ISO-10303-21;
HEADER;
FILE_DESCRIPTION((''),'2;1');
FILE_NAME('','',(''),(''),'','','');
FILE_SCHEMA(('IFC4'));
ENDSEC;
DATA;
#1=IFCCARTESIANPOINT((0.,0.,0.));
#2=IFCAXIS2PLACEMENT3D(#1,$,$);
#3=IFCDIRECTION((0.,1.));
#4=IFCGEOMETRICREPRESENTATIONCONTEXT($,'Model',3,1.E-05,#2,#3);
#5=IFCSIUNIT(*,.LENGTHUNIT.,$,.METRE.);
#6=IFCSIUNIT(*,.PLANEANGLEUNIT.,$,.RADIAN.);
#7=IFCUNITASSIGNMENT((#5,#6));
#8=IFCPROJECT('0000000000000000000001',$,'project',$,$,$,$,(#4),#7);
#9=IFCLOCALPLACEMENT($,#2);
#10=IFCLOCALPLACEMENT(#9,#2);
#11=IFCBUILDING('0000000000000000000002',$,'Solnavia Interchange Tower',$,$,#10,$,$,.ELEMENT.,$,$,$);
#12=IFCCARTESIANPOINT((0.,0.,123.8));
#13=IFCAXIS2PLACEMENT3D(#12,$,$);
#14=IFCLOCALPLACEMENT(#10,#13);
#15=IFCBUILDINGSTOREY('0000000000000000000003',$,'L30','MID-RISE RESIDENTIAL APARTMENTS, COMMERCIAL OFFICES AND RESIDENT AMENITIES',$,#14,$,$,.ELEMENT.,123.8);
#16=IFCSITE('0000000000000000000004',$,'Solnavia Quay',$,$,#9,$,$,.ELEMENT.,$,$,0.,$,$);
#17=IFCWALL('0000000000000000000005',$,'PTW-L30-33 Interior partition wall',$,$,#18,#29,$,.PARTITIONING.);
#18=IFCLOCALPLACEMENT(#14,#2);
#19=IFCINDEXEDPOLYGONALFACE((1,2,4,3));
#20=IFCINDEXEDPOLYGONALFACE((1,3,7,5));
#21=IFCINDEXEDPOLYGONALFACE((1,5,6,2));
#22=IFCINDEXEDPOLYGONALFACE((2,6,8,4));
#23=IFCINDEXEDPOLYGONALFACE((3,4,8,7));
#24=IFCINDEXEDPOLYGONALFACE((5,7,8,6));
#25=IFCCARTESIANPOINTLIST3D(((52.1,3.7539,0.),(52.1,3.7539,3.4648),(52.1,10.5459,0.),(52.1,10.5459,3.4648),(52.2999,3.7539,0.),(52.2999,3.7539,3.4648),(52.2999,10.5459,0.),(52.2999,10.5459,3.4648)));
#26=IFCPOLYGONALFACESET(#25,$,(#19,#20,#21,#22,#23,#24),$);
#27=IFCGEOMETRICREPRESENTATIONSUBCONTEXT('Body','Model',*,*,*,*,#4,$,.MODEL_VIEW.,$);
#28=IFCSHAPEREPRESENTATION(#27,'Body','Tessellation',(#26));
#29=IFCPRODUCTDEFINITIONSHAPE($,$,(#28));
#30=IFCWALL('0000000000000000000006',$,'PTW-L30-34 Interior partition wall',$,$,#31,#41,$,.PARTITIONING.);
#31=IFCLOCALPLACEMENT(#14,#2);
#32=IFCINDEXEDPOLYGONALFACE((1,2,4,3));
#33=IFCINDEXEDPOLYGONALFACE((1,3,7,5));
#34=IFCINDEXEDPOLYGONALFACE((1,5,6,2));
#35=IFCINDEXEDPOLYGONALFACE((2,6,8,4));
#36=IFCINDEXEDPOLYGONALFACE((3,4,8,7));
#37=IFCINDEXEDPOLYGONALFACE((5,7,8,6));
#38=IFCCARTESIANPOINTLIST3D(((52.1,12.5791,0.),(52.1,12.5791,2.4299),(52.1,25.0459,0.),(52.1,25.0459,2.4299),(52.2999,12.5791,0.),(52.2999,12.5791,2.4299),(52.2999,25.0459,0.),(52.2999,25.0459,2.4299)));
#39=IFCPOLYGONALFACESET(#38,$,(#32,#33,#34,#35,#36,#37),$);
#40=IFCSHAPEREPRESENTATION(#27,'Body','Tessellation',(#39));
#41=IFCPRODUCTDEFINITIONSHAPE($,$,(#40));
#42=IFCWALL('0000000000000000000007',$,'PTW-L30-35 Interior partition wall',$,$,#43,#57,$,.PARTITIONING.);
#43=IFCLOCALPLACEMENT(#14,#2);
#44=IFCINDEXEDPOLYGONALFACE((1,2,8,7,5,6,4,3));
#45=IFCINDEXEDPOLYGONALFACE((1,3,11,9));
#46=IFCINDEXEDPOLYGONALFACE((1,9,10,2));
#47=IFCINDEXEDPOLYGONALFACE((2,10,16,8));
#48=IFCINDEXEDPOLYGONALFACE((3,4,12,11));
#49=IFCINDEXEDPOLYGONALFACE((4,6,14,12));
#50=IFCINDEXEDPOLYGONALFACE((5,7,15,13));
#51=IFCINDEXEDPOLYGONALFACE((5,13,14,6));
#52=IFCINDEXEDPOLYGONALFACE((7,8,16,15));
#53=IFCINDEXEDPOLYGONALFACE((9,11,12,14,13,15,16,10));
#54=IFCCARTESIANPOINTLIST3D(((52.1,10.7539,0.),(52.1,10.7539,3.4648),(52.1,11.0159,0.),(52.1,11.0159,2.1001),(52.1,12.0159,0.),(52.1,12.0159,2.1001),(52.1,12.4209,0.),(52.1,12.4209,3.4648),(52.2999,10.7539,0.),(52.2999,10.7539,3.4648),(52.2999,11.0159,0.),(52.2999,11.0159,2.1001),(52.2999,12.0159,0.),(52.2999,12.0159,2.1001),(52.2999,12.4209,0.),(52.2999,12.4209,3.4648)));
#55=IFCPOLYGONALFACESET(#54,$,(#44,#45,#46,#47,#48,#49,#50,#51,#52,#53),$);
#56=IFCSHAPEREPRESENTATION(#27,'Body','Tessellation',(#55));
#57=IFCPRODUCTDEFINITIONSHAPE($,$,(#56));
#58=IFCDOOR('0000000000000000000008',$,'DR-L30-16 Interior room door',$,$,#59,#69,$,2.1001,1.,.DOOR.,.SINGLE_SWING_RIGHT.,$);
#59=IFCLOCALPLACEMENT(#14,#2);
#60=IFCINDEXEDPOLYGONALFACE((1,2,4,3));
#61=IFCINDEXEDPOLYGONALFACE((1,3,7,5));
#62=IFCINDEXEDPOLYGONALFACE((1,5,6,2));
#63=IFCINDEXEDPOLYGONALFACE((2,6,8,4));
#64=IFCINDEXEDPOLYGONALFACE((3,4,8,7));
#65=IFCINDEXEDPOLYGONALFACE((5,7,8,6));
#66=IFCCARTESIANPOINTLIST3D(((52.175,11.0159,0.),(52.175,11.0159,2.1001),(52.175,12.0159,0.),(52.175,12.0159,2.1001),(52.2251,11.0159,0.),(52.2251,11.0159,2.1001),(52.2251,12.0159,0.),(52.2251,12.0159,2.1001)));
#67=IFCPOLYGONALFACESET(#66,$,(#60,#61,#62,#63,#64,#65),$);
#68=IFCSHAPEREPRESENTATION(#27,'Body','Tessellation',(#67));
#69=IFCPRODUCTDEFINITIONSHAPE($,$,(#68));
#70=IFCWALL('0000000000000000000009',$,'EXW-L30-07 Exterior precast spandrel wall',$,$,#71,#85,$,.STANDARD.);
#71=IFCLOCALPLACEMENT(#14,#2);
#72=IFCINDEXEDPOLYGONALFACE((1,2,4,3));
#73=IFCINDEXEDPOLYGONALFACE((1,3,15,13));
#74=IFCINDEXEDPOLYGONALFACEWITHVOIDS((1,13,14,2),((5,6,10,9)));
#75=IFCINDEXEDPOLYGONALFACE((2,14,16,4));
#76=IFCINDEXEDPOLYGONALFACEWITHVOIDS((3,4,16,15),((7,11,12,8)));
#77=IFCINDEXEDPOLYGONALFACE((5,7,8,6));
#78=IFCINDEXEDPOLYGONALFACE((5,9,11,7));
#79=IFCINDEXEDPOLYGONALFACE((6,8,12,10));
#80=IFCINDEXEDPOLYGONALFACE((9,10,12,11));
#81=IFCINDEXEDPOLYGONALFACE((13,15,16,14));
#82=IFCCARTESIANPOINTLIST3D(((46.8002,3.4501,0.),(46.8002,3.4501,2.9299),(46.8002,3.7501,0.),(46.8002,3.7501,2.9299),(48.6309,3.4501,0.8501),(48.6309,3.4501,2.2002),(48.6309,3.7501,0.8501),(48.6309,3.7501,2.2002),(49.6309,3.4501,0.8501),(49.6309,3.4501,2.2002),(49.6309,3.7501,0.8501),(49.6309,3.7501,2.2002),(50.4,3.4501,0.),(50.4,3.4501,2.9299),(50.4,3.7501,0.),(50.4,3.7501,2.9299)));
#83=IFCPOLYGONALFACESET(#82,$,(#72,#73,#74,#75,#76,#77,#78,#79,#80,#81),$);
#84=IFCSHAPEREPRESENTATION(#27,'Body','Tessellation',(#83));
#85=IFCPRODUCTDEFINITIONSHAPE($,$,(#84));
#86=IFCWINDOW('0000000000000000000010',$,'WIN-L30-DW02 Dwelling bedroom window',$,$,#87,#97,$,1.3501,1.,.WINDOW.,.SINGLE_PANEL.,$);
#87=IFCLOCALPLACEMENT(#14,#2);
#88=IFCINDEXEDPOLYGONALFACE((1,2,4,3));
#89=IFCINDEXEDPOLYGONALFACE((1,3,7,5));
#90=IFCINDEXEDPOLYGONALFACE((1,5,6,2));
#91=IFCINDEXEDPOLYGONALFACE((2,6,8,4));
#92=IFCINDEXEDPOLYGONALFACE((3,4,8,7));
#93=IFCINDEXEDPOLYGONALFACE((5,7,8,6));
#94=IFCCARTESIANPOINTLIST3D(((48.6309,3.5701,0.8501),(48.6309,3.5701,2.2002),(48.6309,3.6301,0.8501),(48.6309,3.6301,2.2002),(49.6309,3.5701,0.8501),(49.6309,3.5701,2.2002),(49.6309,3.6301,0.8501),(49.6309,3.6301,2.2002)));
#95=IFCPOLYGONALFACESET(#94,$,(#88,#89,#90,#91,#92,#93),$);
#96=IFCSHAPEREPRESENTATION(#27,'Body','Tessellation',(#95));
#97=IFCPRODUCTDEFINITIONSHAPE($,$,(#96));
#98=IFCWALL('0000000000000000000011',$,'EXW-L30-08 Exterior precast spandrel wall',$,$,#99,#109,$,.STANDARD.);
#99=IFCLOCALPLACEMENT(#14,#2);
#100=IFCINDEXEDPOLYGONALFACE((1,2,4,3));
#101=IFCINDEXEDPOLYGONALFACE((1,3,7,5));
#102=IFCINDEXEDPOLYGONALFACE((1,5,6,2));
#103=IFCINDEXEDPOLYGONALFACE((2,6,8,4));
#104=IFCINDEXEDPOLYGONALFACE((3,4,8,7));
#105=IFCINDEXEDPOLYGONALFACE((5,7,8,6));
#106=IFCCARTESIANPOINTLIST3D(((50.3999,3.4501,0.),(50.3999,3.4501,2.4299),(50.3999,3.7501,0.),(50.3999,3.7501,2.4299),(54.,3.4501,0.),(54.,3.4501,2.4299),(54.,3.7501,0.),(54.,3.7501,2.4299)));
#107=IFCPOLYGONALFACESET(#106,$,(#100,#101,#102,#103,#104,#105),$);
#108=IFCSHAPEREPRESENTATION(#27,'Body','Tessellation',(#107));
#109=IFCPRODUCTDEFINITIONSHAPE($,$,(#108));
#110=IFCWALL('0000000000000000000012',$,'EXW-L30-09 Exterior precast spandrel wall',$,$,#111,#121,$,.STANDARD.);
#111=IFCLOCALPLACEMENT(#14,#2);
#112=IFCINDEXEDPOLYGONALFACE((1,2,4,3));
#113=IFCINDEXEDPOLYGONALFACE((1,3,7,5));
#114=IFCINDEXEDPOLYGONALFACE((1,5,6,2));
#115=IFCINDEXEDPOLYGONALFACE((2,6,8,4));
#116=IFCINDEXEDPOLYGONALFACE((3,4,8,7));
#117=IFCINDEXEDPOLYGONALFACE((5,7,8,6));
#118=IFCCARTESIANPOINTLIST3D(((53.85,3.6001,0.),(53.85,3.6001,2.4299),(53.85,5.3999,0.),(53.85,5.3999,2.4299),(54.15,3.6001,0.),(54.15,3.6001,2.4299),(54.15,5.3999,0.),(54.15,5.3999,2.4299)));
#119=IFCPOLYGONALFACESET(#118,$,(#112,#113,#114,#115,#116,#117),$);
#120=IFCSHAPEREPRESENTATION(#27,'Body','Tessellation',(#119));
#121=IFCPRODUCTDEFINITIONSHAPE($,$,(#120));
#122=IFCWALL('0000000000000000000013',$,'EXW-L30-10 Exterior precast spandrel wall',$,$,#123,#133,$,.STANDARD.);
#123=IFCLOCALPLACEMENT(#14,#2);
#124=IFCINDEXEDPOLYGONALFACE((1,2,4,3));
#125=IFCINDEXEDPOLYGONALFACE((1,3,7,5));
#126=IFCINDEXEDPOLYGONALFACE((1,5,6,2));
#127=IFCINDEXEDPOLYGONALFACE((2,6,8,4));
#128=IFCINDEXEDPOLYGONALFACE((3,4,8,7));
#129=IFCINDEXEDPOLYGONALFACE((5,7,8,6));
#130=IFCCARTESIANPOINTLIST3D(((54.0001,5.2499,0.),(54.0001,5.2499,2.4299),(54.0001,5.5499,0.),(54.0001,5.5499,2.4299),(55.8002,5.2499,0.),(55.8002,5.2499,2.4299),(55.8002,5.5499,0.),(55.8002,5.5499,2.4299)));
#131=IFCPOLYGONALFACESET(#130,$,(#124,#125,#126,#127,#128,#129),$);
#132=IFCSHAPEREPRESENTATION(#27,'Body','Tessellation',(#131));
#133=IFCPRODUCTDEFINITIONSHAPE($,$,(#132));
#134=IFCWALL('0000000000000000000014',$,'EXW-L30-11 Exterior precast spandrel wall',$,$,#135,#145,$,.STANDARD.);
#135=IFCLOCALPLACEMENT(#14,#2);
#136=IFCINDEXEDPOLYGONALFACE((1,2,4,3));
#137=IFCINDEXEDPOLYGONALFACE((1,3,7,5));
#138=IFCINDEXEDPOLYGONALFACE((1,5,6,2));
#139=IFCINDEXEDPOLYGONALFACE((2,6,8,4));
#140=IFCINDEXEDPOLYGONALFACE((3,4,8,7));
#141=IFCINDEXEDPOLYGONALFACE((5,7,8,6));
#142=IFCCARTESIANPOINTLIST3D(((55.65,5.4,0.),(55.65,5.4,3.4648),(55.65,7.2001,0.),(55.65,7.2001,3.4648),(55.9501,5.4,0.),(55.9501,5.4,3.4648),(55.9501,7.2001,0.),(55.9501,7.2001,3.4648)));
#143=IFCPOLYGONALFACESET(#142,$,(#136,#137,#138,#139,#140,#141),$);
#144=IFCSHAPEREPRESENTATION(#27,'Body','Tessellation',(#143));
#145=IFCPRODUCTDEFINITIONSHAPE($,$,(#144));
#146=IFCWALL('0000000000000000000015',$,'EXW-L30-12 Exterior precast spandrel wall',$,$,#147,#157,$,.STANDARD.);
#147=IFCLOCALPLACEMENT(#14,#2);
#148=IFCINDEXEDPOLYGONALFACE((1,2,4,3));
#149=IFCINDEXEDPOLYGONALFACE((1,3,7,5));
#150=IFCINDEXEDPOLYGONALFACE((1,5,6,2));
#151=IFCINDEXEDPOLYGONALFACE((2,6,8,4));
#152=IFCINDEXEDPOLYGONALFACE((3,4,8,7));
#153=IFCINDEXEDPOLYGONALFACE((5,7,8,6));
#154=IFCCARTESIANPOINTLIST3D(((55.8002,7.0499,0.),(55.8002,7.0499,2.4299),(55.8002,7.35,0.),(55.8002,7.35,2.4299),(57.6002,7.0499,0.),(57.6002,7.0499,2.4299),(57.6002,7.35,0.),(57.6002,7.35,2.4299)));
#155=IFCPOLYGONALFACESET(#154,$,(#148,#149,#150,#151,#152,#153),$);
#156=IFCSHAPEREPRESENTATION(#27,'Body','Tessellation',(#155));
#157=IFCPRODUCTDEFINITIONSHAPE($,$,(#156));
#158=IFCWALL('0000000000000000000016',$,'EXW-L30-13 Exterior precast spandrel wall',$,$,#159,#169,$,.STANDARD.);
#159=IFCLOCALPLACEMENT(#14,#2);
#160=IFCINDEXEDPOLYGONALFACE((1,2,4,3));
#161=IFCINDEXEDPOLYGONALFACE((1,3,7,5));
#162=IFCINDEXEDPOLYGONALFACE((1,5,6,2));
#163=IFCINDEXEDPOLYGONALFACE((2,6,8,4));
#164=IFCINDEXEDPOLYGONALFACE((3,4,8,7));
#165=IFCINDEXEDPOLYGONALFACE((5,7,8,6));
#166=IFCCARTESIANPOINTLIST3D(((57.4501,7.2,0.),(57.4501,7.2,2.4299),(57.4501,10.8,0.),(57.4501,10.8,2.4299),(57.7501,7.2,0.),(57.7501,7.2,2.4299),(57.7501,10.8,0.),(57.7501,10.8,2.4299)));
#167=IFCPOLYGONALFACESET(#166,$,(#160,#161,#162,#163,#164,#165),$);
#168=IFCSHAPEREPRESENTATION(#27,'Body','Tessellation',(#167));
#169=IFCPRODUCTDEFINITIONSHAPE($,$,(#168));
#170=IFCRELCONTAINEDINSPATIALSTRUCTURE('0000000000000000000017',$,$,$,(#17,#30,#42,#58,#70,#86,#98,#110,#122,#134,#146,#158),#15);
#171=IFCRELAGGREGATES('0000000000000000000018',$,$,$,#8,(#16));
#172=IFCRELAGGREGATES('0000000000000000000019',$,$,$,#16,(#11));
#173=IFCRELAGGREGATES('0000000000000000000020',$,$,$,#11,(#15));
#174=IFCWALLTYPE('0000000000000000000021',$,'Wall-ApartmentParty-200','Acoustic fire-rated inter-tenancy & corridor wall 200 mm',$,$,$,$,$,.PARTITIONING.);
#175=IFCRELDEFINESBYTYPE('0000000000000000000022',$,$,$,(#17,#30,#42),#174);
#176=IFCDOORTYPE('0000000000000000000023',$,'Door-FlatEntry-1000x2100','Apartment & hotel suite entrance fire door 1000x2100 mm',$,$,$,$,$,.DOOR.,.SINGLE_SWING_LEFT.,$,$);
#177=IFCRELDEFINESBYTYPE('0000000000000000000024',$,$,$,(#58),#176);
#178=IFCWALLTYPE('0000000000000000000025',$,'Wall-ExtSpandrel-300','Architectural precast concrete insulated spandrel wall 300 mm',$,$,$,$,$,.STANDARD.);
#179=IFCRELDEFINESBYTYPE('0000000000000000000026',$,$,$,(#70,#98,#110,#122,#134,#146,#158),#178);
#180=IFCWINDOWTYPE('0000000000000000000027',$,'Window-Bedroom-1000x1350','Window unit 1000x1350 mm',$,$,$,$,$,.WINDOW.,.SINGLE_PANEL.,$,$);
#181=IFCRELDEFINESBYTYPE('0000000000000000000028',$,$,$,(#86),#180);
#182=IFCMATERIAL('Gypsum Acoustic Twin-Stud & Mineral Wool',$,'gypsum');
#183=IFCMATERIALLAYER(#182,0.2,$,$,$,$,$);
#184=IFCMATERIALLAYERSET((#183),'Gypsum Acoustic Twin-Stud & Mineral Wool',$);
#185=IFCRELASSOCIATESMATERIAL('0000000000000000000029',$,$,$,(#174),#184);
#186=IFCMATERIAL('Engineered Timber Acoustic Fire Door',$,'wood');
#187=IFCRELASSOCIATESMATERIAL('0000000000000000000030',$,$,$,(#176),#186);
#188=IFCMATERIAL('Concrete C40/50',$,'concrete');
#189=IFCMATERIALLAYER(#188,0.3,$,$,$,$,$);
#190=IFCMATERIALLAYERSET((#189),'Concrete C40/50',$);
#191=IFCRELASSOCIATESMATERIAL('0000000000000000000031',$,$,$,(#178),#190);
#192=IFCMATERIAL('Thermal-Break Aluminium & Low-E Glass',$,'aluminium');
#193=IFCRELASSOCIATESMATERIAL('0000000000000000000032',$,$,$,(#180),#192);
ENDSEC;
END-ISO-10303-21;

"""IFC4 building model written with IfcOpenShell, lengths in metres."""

from ifc_helpers import new_model, si_unit, direction, frame, frame_2d, origin, place, context, subcontext, project, spatial, rectangle, extrude, material, layer, layer_set, type_object, element, fill, save


model = new_model("IFC4")

# Units and contexts
model_context = context("Model", 3, precision=1e-05, world=origin(), true_north=direction((0.0, 1.0)))
body_context = subcontext(model_context, "Body", "Model", "MODEL_VIEW")
ifc_project = project(units=[si_unit("LENGTHUNIT", "METRE"), si_unit("PLANEANGLEUNIT", "RADIAN")], contexts=[model_context])

# Site, building, storey
site_placement = place(None, origin())
site = spatial("IfcSite", under=ifc_project, at=site_placement, Name="Solnavia Quay", CompositionType="ELEMENT", RefElevation=0.0)
building_placement = place(site_placement, origin())
building = spatial("IfcBuilding", under=site, at=building_placement, Name="Solnavia Interchange Tower", CompositionType="ELEMENT")
storey_placement = place(building_placement, frame((0.0, 0.0, 123.8)))
storey = spatial("IfcBuildingStorey", under=building, at=storey_placement, Name="L30", Description="MID-RISE RESIDENTIAL APARTMENTS, COMMERCIAL OFFICES AND RESIDENT AMENITIES", CompositionType="ELEMENT", Elevation=123.8)

# Walls
ifc_material_1 = material(Name="Gypsum Acoustic Twin-Stud & Mineral Wool", Category="gypsum")
ifc_layer_1 = layer(ifc_material_1, 0.2)
ifc_layer_set_1 = layer_set([ifc_layer_1], Name="Gypsum Acoustic Twin-Stud & Mineral Wool")
wall_type_1 = type_object("IfcWallType", Name="Wall-ApartmentParty-200", Description="Acoustic fire-rated inter-tenancy & corridor wall 200 mm", PredefinedType="PARTITIONING", material=ifc_layer_set_1)
wall_1_placement = place(storey_placement, frame((52.2, 3.7539, 0.0), z_axis=(0.0, 0.0, 1.0), x_axis=(0.0, 1.0, 0.0)))
element("IfcWall", 1, at=wall_1_placement, inside=storey, type_object=wall_type_1, Name="PTW-L30-33 Interior partition wall", PredefinedType="PARTITIONING", context=body_context, shape_type="SweptSolid", body=[
    extrude(rectangle(XDim=6.792, YDim=0.2, at=frame_2d((3.396, 0.0))), origin(), (0.0, 0.0, 1.0), 3.4648),
])
wall_2_placement = place(storey_placement, frame((52.2, 12.5791, 0.0), z_axis=(0.0, 0.0, 1.0), x_axis=(0.0, 1.0, 0.0)))
element("IfcWall", 2, at=wall_2_placement, inside=storey, type_object=wall_type_1, Name="PTW-L30-34 Interior partition wall", PredefinedType="PARTITIONING", context=body_context, shape_type="SweptSolid", body=[
    extrude(rectangle(XDim=12.4668, YDim=0.2, at=frame_2d((6.2334, 0.0))), origin(), (0.0, 0.0, 1.0), 2.4299),
])

# Wall, opening, door
wall_3_placement = place(storey_placement, frame((52.2, 10.7539, 0.0), z_axis=(0.0, 0.0, 1.0), x_axis=(0.0, 1.0, 0.0)))
wall_3 = element("IfcWall", 3, at=wall_3_placement, inside=storey, type_object=wall_type_1, Name="PTW-L30-35 Interior partition wall", PredefinedType="PARTITIONING", context=body_context, shape_type="SweptSolid", body=[
    extrude(rectangle(XDim=1.667, YDim=0.2, at=frame_2d((0.8335, 0.0))), origin(), (0.0, 0.0, 1.0), 3.4648),
])
opening_1_placement = place(wall_3_placement, frame((0.262, 0.0, 0.0)))
opening_1 = element("IfcOpeningElement", 4, at=opening_1_placement, cuts=wall_3, PredefinedType="OPENING", context=body_context, shape_type="SweptSolid", body=[
    extrude(rectangle(XDim=1.0, YDim=2.1001, at=frame_2d((0.5, 1.05))), frame((0.0, 0.1099, 0.0), z_axis=(0.0, -1.0, 0.0), x_axis=(1.0, 0.0, 0.0)), (0.0, 0.0, 1.0), 0.22),
])
ifc_material_2 = material(Name="Engineered Timber Acoustic Fire Door", Category="wood")
door_type_1 = type_object("IfcDoorType", Name="Door-FlatEntry-1000x2100", Description="Apartment & hotel suite entrance fire door 1000x2100 mm", OperationType="SINGLE_SWING_LEFT", PredefinedType="DOOR", material=ifc_material_2)
door_1_placement = place(opening_1_placement, origin())
door_1 = element("IfcDoor", 5, at=door_1_placement, inside=storey, type_object=door_type_1, Name="DR-L30-16 Interior room door", OperationType="SINGLE_SWING_RIGHT", OverallHeight=2.1001, OverallWidth=1.0, PredefinedType="DOOR", context=body_context, shape_type="SweptSolid", body=[
    extrude(rectangle(XDim=1.0, YDim=2.1001, at=frame_2d((0.5, 1.05))), frame((0.0, 0.0249, 0.0), z_axis=(0.0, -1.0, 0.0), x_axis=(1.0, 0.0, 0.0)), (0.0, 0.0, 1.0), 0.05),
])
fill(opening_1, door_1)

# Wall, opening, window
ifc_material_3 = material(Name="Concrete C40/50", Category="concrete")
ifc_layer_2 = layer(ifc_material_3, 0.3)
ifc_layer_set_2 = layer_set([ifc_layer_2], Name="Concrete C40/50")
wall_type_2 = type_object("IfcWallType", Name="Wall-ExtSpandrel-300", Description="Architectural precast concrete insulated spandrel wall 300 mm", PredefinedType="STANDARD", material=ifc_layer_set_2)
wall_4_placement = place(storey_placement, frame((50.3999, 3.6001, 0.0), z_axis=(0.0, 0.0, 1.0), x_axis=(-1.0, 0.0, 0.0)))
wall_4 = element("IfcWall", 6, at=wall_4_placement, inside=storey, type_object=wall_type_2, Name="EXW-L30-07 Exterior precast spandrel wall", PredefinedType="STANDARD", context=body_context, shape_type="SweptSolid", body=[
    extrude(rectangle(XDim=3.5999, YDim=0.3, at=frame_2d((1.7998, 0.0))), origin(), (0.0, 0.0, 1.0), 2.9299),
])
opening_2_placement = place(wall_4_placement, frame((0.769, 0.0, 0.8501)))
opening_2 = element("IfcOpeningElement", 7, at=opening_2_placement, cuts=wall_4, PredefinedType="OPENING", context=body_context, shape_type="SweptSolid", body=[
    extrude(rectangle(XDim=1.0, YDim=1.3501, at=frame_2d((0.5, 0.675))), frame((0.0, 0.1602, 0.0), z_axis=(0.0, -1.0, 0.0), x_axis=(1.0, 0.0, 0.0)), (0.0, 0.0, 1.0), 0.3201),
])
ifc_material_4 = material(Name="Thermal-Break Aluminium & Low-E Glass", Category="aluminium")
window_type = type_object("IfcWindowType", Name="Window-Bedroom-1000x1350", Description="Window unit 1000x1350 mm", PartitioningType="SINGLE_PANEL", PredefinedType="WINDOW", material=ifc_material_4)
window_placement = place(opening_2_placement, origin())
window = element("IfcWindow", 8, at=window_placement, inside=storey, type_object=window_type, Name="WIN-L30-DW02 Dwelling bedroom window", OverallHeight=1.3501, OverallWidth=1.0, PartitioningType="SINGLE_PANEL", PredefinedType="WINDOW", context=body_context, shape_type="SweptSolid", body=[
    extrude(rectangle(XDim=1.0, YDim=1.3501, at=frame_2d((0.5, 0.675))), frame((0.0, 0.03, 0.0), z_axis=(0.0, -1.0, 0.0), x_axis=(1.0, 0.0, 0.0)), (0.0, 0.0, 1.0), 0.0601),
])
fill(opening_2, window)

# Walls
wall_5_placement = place(storey_placement, frame((54.0, 3.6001, 0.0), z_axis=(0.0, 0.0, 1.0), x_axis=(-1.0, 0.0, 0.0)))
element("IfcWall", 9, at=wall_5_placement, inside=storey, type_object=wall_type_2, Name="EXW-L30-08 Exterior precast spandrel wall", PredefinedType="STANDARD", context=body_context, shape_type="SweptSolid", body=[
    extrude(rectangle(XDim=3.6001, YDim=0.3, at=frame_2d((1.8, 0.0))), origin(), (0.0, 0.0, 1.0), 2.4299),
])
wall_6_placement = place(storey_placement, frame((54.0, 5.3999, 0.0), z_axis=(0.0, 0.0, 1.0), x_axis=(0.0, -1.0, 0.0)))
element("IfcWall", 10, at=wall_6_placement, inside=storey, type_object=wall_type_2, Name="EXW-L30-09 Exterior precast spandrel wall", PredefinedType="STANDARD", context=body_context, shape_type="SweptSolid", body=[
    extrude(rectangle(XDim=1.7998, YDim=0.3, at=frame_2d((0.8999, 0.0))), origin(), (0.0, 0.0, 1.0), 2.4299),
])
wall_7_placement = place(storey_placement, frame((55.8, 5.3999, 0.0), z_axis=(0.0, 0.0, 1.0), x_axis=(-1.0, 0.0, 0.0)))
element("IfcWall", 11, at=wall_7_placement, inside=storey, type_object=wall_type_2, Name="EXW-L30-10 Exterior precast spandrel wall", PredefinedType="STANDARD", context=body_context, shape_type="SweptSolid", body=[
    extrude(rectangle(XDim=1.8, YDim=0.3, at=frame_2d((0.8999, 0.0))), origin(), (0.0, 0.0, 1.0), 2.4299),
])
wall_8_placement = place(storey_placement, frame((55.8, 7.2, 0.0), z_axis=(0.0, 0.0, 1.0), x_axis=(0.0, -1.0, 0.0)))
element("IfcWall", 12, at=wall_8_placement, inside=storey, type_object=wall_type_2, Name="EXW-L30-11 Exterior precast spandrel wall", PredefinedType="STANDARD", context=body_context, shape_type="SweptSolid", body=[
    extrude(rectangle(XDim=1.8, YDim=0.3, at=frame_2d((0.8999, 0.0))), origin(), (0.0, 0.0, 1.0), 3.4648),
])
wall_9_placement = place(storey_placement, frame((57.6001, 7.2, 0.0), z_axis=(0.0, 0.0, 1.0), x_axis=(-1.0, 0.0, 0.0)))
element("IfcWall", 13, at=wall_9_placement, inside=storey, type_object=wall_type_2, Name="EXW-L30-12 Exterior precast spandrel wall", PredefinedType="STANDARD", context=body_context, shape_type="SweptSolid", body=[
    extrude(rectangle(XDim=1.8, YDim=0.3, at=frame_2d((0.8999, 0.0))), origin(), (0.0, 0.0, 1.0), 2.4299),
])
wall_10_placement = place(storey_placement, frame((57.6001, 10.8, 0.0), z_axis=(0.0, 0.0, 1.0), x_axis=(0.0, -1.0, 0.0)))
element("IfcWall", 14, at=wall_10_placement, inside=storey, type_object=wall_type_2, Name="EXW-L30-13 Exterior precast spandrel wall", PredefinedType="STANDARD", context=body_context, shape_type="SweptSolid", body=[
    extrude(rectangle(XDim=3.6001, YDim=0.3, at=frame_2d((1.8, 0.0))), origin(), (0.0, 0.0, 1.0), 2.4299),
])

save(model, "model.ifc")
